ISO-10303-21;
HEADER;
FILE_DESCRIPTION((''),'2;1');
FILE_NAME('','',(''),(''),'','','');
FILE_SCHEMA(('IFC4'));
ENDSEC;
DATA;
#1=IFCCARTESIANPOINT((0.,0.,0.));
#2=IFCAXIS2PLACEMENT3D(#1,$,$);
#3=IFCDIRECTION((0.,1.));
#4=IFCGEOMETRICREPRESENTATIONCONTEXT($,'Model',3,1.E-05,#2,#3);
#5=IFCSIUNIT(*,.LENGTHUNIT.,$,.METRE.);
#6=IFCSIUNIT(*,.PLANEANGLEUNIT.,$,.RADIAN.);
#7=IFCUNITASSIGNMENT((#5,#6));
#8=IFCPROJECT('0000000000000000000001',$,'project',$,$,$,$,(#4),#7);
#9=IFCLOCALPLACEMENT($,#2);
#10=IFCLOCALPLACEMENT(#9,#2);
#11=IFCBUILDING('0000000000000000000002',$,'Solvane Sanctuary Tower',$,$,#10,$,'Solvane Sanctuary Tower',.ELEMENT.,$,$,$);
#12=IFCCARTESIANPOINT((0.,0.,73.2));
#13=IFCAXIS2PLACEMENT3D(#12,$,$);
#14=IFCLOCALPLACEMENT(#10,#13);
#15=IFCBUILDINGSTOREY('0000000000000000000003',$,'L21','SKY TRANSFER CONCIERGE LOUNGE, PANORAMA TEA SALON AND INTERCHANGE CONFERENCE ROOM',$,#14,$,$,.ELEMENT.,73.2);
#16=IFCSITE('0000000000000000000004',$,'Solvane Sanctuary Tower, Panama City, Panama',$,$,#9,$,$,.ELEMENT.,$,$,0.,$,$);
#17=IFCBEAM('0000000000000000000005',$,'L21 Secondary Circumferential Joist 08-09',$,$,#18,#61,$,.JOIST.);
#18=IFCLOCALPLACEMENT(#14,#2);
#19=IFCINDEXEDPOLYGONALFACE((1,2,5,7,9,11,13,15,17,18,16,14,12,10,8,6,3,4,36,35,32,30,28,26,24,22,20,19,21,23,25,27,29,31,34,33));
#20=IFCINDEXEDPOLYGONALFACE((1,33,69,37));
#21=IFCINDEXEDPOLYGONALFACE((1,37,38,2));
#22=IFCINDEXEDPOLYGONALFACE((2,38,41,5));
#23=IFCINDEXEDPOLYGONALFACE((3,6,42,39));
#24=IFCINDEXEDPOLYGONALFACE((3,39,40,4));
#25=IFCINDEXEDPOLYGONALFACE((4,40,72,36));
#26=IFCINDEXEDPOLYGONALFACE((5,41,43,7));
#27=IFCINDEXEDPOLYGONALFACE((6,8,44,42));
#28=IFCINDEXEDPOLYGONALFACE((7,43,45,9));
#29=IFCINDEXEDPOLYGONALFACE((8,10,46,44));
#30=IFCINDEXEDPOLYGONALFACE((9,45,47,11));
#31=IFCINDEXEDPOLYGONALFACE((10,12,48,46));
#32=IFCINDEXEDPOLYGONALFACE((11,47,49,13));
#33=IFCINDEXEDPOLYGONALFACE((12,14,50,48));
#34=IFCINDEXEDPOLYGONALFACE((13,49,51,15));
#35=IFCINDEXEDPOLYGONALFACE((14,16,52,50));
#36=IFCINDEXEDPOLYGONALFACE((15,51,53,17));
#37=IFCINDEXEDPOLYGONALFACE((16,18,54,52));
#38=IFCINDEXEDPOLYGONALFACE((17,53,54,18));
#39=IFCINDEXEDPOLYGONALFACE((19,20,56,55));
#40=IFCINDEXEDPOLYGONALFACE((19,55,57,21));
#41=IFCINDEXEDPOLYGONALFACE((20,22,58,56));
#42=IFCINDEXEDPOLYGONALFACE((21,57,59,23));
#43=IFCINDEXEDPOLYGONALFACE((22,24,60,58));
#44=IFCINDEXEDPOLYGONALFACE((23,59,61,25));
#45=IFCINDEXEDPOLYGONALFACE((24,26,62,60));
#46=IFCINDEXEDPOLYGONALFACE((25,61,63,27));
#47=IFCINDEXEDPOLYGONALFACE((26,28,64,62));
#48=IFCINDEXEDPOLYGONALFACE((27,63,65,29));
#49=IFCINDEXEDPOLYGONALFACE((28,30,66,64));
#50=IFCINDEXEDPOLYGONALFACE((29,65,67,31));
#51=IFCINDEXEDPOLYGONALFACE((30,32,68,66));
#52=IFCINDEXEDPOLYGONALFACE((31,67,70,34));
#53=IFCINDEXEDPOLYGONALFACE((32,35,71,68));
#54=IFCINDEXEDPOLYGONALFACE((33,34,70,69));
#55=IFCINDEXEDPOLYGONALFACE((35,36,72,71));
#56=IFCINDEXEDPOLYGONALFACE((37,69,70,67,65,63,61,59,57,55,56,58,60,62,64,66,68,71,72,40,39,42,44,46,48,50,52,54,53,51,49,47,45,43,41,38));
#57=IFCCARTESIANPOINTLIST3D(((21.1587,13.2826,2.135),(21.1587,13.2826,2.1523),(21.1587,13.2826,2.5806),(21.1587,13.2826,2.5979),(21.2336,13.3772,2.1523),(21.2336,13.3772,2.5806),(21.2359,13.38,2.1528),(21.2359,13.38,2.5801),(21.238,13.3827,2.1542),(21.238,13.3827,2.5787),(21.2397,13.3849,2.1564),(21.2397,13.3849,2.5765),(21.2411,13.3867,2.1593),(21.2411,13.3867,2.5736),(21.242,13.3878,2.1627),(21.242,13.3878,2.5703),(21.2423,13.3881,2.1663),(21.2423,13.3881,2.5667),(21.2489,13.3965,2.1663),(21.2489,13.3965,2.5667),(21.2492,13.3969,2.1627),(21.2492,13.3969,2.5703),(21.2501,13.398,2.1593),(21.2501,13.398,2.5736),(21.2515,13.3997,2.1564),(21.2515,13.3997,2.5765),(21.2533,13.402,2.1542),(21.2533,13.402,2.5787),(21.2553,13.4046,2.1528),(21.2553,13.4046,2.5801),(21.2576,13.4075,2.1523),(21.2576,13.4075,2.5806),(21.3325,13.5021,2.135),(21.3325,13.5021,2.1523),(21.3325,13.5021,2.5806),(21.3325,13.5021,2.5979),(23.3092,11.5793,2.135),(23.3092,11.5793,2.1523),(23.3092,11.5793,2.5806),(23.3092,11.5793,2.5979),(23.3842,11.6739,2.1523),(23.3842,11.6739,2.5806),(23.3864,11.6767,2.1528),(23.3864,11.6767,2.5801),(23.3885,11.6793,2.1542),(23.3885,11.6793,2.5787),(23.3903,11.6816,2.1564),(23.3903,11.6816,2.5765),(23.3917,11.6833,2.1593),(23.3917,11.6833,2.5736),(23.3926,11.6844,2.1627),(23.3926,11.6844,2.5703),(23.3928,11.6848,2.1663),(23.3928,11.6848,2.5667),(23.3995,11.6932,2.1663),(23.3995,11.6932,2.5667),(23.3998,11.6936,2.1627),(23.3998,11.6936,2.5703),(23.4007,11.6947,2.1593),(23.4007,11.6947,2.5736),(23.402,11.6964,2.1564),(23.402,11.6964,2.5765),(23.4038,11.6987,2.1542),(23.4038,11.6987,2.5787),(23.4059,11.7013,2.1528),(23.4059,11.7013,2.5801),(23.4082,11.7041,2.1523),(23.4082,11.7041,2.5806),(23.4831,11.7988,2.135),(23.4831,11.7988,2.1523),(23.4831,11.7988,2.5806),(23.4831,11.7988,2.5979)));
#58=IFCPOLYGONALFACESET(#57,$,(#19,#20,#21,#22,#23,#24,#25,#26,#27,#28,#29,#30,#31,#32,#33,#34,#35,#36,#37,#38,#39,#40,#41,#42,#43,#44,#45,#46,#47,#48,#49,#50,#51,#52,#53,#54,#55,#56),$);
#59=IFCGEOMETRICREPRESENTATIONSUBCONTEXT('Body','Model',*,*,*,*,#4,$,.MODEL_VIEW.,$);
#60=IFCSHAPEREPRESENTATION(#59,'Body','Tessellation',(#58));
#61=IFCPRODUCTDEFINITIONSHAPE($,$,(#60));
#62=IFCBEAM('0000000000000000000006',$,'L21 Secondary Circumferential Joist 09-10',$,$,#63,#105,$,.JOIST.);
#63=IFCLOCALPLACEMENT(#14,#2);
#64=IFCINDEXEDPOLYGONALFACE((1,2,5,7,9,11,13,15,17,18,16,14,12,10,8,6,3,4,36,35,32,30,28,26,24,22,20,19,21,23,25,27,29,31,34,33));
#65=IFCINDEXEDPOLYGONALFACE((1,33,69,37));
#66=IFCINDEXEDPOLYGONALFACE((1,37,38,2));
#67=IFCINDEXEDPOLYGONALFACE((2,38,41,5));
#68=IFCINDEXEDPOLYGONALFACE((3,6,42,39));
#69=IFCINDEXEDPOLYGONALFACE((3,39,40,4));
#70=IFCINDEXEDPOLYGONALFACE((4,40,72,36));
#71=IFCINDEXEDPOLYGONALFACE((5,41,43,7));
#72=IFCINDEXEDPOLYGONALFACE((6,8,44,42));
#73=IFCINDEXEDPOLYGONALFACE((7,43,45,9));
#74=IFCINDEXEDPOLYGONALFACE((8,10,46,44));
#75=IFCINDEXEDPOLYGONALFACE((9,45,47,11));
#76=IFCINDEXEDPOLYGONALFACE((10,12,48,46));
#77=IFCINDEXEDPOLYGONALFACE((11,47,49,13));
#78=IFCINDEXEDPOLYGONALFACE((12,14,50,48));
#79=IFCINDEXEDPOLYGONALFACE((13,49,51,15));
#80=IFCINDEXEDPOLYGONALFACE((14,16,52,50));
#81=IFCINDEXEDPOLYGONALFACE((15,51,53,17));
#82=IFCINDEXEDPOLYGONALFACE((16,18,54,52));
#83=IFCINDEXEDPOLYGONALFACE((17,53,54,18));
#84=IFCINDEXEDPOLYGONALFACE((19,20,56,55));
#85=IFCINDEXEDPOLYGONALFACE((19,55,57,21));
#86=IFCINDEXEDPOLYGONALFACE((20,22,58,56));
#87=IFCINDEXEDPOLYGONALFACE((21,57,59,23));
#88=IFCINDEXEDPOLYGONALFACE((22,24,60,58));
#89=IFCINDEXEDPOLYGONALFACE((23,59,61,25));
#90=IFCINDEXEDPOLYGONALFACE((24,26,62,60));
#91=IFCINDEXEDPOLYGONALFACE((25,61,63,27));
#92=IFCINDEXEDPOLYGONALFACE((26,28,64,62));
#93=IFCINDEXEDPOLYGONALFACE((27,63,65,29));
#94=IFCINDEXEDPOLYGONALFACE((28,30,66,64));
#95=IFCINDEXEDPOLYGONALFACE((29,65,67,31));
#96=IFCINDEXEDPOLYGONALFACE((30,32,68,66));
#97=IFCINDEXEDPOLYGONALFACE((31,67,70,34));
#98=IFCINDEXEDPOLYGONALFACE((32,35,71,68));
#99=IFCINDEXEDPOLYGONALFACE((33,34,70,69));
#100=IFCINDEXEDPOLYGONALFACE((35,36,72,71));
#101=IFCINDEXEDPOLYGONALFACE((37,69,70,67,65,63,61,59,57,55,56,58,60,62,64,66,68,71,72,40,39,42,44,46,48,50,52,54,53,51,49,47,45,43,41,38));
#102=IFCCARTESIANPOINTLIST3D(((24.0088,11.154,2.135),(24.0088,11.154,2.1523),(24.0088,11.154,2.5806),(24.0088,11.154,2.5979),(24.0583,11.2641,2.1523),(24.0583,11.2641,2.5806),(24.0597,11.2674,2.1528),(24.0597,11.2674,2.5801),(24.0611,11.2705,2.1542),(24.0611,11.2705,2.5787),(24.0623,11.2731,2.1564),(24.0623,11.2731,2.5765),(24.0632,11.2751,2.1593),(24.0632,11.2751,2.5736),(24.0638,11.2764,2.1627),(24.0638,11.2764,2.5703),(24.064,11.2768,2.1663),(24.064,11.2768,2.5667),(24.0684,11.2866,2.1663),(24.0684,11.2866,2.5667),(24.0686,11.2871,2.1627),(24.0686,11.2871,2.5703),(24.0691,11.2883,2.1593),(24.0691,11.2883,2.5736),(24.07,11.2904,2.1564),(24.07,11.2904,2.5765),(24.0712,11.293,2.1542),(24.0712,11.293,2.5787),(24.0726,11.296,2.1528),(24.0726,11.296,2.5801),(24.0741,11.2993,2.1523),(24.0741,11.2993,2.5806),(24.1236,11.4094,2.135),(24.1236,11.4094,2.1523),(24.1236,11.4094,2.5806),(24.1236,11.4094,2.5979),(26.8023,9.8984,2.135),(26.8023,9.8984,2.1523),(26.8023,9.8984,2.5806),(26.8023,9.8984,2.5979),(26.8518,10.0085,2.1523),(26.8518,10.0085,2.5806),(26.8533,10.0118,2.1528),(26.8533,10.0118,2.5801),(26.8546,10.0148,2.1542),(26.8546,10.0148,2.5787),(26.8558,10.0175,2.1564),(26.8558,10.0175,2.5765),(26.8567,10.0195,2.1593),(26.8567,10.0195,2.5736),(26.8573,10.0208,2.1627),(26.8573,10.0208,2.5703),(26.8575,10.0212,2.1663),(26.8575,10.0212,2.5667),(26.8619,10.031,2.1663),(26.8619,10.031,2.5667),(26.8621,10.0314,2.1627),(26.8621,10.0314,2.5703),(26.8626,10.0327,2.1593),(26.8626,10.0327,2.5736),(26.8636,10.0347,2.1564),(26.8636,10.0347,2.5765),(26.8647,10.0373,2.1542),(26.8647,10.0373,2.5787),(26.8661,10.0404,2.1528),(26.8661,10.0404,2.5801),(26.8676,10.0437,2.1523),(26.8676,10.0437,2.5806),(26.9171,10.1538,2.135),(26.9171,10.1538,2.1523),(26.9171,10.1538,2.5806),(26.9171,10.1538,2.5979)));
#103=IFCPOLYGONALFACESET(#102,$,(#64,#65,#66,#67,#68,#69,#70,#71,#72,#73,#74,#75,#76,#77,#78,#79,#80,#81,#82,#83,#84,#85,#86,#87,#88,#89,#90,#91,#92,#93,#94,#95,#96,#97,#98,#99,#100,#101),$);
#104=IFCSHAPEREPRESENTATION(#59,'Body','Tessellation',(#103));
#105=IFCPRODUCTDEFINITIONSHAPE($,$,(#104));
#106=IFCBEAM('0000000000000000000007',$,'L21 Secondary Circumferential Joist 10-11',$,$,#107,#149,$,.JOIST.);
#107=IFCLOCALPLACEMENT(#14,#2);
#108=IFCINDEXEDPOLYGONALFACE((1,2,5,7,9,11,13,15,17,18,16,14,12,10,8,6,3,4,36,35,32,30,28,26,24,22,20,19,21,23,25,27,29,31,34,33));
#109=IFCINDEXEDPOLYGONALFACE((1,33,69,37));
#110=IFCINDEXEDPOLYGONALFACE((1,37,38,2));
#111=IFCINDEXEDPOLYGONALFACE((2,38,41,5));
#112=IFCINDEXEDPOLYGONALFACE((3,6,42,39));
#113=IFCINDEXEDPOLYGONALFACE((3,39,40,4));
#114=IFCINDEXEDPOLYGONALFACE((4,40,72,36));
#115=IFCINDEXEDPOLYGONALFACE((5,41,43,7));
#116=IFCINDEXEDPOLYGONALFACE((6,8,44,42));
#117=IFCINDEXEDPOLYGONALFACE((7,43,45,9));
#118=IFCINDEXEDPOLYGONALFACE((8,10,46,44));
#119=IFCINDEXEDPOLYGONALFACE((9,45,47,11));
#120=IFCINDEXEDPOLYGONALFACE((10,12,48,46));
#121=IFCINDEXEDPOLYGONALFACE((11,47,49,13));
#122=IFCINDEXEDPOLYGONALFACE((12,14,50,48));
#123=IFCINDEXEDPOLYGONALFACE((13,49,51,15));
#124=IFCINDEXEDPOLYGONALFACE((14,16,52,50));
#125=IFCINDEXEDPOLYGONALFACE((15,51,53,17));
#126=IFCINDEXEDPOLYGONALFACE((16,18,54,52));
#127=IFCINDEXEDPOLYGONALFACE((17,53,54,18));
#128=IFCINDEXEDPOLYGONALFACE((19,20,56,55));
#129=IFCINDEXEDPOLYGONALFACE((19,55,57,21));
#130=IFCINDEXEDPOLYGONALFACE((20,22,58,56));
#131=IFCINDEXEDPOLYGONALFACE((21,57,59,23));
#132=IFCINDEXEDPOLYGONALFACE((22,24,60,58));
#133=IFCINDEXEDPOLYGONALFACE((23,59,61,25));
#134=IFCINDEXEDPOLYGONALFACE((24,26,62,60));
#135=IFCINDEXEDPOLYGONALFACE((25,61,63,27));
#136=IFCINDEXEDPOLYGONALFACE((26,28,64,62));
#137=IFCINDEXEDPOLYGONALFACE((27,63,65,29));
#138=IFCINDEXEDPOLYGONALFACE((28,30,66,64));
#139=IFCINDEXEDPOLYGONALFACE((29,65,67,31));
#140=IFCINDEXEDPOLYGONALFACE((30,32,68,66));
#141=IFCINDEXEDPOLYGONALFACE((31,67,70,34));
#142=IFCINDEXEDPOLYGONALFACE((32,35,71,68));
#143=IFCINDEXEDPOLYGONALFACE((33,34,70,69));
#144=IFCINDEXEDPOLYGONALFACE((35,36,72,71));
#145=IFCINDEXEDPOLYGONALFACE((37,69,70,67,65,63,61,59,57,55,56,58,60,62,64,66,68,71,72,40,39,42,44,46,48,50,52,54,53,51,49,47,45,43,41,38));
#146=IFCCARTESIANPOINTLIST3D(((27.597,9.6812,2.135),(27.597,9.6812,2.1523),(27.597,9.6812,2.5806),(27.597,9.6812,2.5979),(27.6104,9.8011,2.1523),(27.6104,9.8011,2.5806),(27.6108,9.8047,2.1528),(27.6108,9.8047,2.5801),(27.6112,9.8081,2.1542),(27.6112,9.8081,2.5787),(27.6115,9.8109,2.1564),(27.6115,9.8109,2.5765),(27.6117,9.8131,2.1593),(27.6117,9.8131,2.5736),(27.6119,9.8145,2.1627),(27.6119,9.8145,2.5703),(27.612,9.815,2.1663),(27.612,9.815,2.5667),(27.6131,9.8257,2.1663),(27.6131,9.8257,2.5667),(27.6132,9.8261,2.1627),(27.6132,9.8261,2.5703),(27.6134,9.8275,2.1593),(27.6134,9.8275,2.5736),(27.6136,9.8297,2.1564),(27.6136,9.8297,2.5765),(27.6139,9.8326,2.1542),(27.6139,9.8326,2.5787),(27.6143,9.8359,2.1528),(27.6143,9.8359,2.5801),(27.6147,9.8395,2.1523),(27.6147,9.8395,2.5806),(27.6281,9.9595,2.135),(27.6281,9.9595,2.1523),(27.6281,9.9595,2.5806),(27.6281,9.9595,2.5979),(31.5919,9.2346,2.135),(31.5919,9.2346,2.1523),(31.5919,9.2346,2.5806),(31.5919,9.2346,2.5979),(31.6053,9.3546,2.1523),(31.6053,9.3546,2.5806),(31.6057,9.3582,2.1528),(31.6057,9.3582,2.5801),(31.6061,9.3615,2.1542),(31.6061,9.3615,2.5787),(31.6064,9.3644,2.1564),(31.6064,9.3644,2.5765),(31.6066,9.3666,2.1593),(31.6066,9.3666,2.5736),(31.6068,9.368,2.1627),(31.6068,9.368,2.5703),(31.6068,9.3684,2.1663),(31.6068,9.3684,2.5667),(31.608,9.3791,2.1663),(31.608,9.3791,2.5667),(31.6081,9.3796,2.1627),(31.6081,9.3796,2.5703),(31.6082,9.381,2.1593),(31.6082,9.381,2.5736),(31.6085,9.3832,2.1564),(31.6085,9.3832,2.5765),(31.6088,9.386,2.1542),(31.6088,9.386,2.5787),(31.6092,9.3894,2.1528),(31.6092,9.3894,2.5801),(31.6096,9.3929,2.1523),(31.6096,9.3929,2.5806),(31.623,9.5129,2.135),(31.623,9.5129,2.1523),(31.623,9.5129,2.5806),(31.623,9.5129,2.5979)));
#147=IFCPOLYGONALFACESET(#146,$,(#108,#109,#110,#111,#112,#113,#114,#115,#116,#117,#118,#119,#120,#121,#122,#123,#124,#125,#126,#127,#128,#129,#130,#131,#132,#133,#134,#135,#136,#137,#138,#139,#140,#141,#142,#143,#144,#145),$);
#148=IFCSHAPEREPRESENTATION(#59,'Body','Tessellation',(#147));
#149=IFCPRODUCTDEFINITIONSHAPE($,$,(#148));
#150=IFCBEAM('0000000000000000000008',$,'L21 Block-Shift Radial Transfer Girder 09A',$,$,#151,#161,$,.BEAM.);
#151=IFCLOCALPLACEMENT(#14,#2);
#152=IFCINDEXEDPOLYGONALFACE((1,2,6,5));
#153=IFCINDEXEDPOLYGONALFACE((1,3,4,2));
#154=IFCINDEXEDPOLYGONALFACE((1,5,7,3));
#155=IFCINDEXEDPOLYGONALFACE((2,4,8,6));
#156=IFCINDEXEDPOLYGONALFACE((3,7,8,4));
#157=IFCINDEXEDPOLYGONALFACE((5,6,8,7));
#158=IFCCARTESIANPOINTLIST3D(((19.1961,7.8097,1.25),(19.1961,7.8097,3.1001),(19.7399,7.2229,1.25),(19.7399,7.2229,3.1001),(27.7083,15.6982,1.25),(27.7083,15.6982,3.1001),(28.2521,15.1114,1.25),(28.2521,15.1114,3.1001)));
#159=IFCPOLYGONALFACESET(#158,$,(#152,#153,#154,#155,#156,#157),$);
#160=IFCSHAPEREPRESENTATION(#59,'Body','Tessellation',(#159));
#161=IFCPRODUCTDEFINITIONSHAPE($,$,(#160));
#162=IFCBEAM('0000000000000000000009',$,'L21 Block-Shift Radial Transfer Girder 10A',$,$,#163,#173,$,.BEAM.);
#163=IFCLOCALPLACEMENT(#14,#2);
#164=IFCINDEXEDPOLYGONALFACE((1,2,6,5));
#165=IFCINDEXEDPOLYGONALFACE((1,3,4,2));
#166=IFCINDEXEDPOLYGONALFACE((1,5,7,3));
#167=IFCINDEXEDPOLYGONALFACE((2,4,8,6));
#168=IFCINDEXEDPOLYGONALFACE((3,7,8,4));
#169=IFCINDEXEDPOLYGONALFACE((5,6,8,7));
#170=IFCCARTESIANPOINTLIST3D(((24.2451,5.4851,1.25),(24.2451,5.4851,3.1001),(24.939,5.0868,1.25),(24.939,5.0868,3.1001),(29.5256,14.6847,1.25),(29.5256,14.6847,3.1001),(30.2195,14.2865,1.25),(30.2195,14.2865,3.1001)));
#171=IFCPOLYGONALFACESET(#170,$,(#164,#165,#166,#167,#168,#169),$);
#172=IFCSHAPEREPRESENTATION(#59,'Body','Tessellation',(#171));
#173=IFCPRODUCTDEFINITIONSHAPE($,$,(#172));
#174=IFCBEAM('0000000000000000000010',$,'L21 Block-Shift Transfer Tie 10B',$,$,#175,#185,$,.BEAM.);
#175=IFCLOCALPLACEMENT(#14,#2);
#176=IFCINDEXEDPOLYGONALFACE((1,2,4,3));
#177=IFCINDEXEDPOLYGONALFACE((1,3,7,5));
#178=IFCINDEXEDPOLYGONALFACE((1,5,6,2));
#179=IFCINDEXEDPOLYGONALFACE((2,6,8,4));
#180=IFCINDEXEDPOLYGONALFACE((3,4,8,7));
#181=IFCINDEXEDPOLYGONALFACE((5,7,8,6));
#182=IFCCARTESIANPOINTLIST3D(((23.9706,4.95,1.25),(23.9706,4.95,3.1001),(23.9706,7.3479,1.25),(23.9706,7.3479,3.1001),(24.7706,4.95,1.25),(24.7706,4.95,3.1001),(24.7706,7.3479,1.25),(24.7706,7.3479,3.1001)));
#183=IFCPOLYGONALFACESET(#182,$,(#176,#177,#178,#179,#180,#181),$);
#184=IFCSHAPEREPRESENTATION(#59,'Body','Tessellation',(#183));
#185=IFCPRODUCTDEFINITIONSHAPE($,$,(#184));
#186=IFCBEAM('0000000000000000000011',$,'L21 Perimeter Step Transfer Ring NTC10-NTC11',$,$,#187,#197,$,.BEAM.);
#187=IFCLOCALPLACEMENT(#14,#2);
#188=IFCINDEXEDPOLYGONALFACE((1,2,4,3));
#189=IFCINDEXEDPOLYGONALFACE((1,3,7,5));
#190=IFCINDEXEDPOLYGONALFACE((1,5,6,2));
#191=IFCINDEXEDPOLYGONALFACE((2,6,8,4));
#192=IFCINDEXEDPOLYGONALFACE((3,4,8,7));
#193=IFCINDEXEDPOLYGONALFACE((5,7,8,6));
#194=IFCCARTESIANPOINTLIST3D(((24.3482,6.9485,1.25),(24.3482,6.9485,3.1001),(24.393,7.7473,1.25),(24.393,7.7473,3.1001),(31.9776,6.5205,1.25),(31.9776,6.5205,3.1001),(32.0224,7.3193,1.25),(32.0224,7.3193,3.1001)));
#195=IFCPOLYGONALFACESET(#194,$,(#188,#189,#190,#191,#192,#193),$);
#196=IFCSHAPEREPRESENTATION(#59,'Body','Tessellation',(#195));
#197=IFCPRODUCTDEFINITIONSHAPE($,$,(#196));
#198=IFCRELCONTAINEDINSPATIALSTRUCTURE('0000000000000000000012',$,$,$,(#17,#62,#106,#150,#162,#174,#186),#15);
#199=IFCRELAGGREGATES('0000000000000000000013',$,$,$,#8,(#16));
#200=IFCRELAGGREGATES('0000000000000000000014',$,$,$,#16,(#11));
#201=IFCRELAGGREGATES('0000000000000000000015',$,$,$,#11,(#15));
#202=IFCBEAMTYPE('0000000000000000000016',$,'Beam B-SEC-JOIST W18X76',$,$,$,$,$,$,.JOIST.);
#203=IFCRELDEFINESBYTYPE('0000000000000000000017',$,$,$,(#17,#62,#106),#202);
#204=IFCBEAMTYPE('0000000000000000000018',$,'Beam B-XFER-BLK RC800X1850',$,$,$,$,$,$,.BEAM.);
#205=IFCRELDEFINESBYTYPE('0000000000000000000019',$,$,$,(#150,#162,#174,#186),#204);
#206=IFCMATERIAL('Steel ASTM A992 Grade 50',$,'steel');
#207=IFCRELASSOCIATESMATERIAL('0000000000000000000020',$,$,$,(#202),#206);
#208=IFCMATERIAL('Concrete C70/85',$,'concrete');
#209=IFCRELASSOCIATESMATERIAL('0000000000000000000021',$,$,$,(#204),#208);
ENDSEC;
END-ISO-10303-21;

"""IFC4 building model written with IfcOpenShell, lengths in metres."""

from ifc_helpers import new_model, si_unit, direction, frame, origin, origin_2d, place, context, subcontext, project, spatial, rectangle, i_section, extrude, material, material_profile, profile_set, type_object, element, save


model = new_model("IFC4")

# Units and contexts
model_context = context("Model", 3, precision=1e-05, world=origin(), true_north=direction((0.0, 1.0)))
body_context = subcontext(model_context, "Body", "Model", "MODEL_VIEW")
ifc_project = project(units=[si_unit("LENGTHUNIT", "METRE"), si_unit("PLANEANGLEUNIT", "RADIAN")], contexts=[model_context])

# Site, building, storey
site_placement = place(None, origin())
site = spatial("IfcSite", under=ifc_project, at=site_placement, Name="Solvane Sanctuary Tower, Panama City, Panama", CompositionType="ELEMENT", RefElevation=0.0)
building_placement = place(site_placement, origin())
building = spatial("IfcBuilding", under=site, at=building_placement, Name="Solvane Sanctuary Tower", LongName="Solvane Sanctuary Tower", CompositionType="ELEMENT")
storey_placement = place(building_placement, frame((0.0, 0.0, 73.2)))
storey = spatial("IfcBuildingStorey", under=building, at=storey_placement, Name="L21", Description="SKY TRANSFER CONCIERGE LOUNGE, PANORAMA TEA SALON AND INTERCHANGE CONFERENCE ROOM", CompositionType="ELEMENT", Elevation=73.2)

# Beams
ifc_material_1 = material(Name="Steel ASTM A992 Grade 50", Category="steel")
ifc_material_profile_1 = material_profile(ifc_material_1, i_section(OverallWidth=0.28, OverallDepth=0.4629, WebThickness=0.0107, FlangeThickness=0.0173, FilletRadius=0.0139, at=origin_2d()), Name="W18X76")
ifc_profile_set_1 = profile_set([ifc_material_profile_1], Name="Steel ASTM A992 Grade 50")
beam_type_1 = type_object("IfcBeamType", Name="Beam B-SEC-JOIST W18X76", PredefinedType="JOIST", material=ifc_profile_set_1)
beam_1_placement = place(storey_placement, frame((21.2456, 13.3923, 2.3665), z_axis=(0.783907, -0.620878, 0.0), x_axis=(0.620878, 0.783907, 0.0)))
element("IfcBeam", 1, at=beam_1_placement, inside=storey, type_object=beam_type_1, Name="L21 Secondary Circumferential Joist 08-09", PredefinedType="JOIST", context=body_context, shape_type="SweptSolid", body=[
    extrude(i_section(OverallWidth=0.28, OverallDepth=0.4629, WebThickness=0.0107, FlangeThickness=0.0173, FilletRadius=0.0139, at=origin_2d()), origin(), (0.0, 0.0, 1.0), 2.7434),
])
beam_2_placement = place(storey_placement, frame((24.0662, 11.2817, 2.3665), z_axis=(0.912097, -0.409974, 0.0), x_axis=(0.409974, 0.912097, 0.0)))
element("IfcBeam", 2, at=beam_2_placement, inside=storey, type_object=beam_type_1, Name="L21 Secondary Circumferential Joist 09-10", PredefinedType="JOIST", context=body_context, shape_type="SweptSolid", body=[
    extrude(i_section(OverallWidth=0.28, OverallDepth=0.4629, WebThickness=0.0107, FlangeThickness=0.0173, FilletRadius=0.0139, at=origin_2d()), origin(), (0.0, 0.0, 1.0), 3.0627),
])
beam_3_placement = place(storey_placement, frame((27.6125, 9.8203, 2.3665), z_axis=(0.993811, -0.111085, 0.0), x_axis=(0.111085, 0.993811, 0.0)))
element("IfcBeam", 3, at=beam_3_placement, inside=storey, type_object=beam_type_1, Name="L21 Secondary Circumferential Joist 10-11", PredefinedType="JOIST", context=body_context, shape_type="SweptSolid", body=[
    extrude(i_section(OverallWidth=0.28, OverallDepth=0.4629, WebThickness=0.0107, FlangeThickness=0.0173, FilletRadius=0.0139, at=origin_2d()), origin(), (0.0, 0.0, 1.0), 4.0198),
])
ifc_material_2 = material(Name="Concrete C70/85", Category="concrete")
ifc_material_profile_2 = material_profile(ifc_material_2, rectangle(XDim=0.8, YDim=1.8501, at=origin_2d()), Name="RC800X1850")
ifc_profile_set_2 = profile_set([ifc_material_profile_2], Name="Concrete C70/85")
beam_type_2 = type_object("IfcBeamType", Name="Beam B-XFER-BLK RC800X1850", PredefinedType="BEAM", material=ifc_profile_set_2)
beam_4_placement = place(storey_placement, frame((27.9802, 15.4048, 2.175), z_axis=(-0.73347, -0.679721, 0.0), x_axis=(0.679721, -0.73347, 0.0)))
element("IfcBeam", 4, at=beam_4_placement, inside=storey, type_object=beam_type_2, Name="L21 Block-Shift Radial Transfer Girder 09A", PredefinedType="BEAM", context=body_context, shape_type="SweptSolid", body=[
    extrude(rectangle(XDim=0.8, YDim=1.8501, at=origin_2d()), origin(), (0.0, 0.0, 1.0), 11.6055),
])
beam_5_placement = place(storey_placement, frame((29.8726, 14.4856, 2.175), z_axis=(-0.497811, -0.867285, 0.0), x_axis=(0.867285, -0.497811, 0.0)))
element("IfcBeam", 5, at=beam_5_placement, inside=storey, type_object=beam_type_2, Name="L21 Block-Shift Radial Transfer Girder 10A", PredefinedType="BEAM", context=body_context, shape_type="SweptSolid", body=[
    extrude(rectangle(XDim=0.8, YDim=1.8501, at=origin_2d()), origin(), (0.0, 0.0, 1.0), 10.6074),
])
beam_6_placement = place(storey_placement, frame((24.3706, 4.95, 2.175), z_axis=(0.0, 1.0, 0.0), x_axis=(-1.0, 0.0, 0.0)))
element("IfcBeam", 6, at=beam_6_placement, inside=storey, type_object=beam_type_2, Name="L21 Block-Shift Transfer Tie 10B", PredefinedType="BEAM", context=body_context, shape_type="SweptSolid", body=[
    extrude(rectangle(XDim=0.8, YDim=1.8501, at=origin_2d()), origin(), (0.0, 0.0, 1.0), 2.3979),
])
beam_7_placement = place(storey_placement, frame((24.3706, 7.3479, 2.175), z_axis=(0.99843, -0.056008, 0.0), x_axis=(0.056008, 0.99843, 0.0)))
element("IfcBeam", 7, at=beam_7_placement, inside=storey, type_object=beam_type_2, Name="L21 Perimeter Step Transfer Ring NTC10-NTC11", PredefinedType="BEAM", context=body_context, shape_type="SweptSolid", body=[
    extrude(rectangle(XDim=0.8, YDim=1.8501, at=origin_2d()), origin(), (0.0, 0.0, 1.0), 7.6414),
])

save(model, "model.ifc")
